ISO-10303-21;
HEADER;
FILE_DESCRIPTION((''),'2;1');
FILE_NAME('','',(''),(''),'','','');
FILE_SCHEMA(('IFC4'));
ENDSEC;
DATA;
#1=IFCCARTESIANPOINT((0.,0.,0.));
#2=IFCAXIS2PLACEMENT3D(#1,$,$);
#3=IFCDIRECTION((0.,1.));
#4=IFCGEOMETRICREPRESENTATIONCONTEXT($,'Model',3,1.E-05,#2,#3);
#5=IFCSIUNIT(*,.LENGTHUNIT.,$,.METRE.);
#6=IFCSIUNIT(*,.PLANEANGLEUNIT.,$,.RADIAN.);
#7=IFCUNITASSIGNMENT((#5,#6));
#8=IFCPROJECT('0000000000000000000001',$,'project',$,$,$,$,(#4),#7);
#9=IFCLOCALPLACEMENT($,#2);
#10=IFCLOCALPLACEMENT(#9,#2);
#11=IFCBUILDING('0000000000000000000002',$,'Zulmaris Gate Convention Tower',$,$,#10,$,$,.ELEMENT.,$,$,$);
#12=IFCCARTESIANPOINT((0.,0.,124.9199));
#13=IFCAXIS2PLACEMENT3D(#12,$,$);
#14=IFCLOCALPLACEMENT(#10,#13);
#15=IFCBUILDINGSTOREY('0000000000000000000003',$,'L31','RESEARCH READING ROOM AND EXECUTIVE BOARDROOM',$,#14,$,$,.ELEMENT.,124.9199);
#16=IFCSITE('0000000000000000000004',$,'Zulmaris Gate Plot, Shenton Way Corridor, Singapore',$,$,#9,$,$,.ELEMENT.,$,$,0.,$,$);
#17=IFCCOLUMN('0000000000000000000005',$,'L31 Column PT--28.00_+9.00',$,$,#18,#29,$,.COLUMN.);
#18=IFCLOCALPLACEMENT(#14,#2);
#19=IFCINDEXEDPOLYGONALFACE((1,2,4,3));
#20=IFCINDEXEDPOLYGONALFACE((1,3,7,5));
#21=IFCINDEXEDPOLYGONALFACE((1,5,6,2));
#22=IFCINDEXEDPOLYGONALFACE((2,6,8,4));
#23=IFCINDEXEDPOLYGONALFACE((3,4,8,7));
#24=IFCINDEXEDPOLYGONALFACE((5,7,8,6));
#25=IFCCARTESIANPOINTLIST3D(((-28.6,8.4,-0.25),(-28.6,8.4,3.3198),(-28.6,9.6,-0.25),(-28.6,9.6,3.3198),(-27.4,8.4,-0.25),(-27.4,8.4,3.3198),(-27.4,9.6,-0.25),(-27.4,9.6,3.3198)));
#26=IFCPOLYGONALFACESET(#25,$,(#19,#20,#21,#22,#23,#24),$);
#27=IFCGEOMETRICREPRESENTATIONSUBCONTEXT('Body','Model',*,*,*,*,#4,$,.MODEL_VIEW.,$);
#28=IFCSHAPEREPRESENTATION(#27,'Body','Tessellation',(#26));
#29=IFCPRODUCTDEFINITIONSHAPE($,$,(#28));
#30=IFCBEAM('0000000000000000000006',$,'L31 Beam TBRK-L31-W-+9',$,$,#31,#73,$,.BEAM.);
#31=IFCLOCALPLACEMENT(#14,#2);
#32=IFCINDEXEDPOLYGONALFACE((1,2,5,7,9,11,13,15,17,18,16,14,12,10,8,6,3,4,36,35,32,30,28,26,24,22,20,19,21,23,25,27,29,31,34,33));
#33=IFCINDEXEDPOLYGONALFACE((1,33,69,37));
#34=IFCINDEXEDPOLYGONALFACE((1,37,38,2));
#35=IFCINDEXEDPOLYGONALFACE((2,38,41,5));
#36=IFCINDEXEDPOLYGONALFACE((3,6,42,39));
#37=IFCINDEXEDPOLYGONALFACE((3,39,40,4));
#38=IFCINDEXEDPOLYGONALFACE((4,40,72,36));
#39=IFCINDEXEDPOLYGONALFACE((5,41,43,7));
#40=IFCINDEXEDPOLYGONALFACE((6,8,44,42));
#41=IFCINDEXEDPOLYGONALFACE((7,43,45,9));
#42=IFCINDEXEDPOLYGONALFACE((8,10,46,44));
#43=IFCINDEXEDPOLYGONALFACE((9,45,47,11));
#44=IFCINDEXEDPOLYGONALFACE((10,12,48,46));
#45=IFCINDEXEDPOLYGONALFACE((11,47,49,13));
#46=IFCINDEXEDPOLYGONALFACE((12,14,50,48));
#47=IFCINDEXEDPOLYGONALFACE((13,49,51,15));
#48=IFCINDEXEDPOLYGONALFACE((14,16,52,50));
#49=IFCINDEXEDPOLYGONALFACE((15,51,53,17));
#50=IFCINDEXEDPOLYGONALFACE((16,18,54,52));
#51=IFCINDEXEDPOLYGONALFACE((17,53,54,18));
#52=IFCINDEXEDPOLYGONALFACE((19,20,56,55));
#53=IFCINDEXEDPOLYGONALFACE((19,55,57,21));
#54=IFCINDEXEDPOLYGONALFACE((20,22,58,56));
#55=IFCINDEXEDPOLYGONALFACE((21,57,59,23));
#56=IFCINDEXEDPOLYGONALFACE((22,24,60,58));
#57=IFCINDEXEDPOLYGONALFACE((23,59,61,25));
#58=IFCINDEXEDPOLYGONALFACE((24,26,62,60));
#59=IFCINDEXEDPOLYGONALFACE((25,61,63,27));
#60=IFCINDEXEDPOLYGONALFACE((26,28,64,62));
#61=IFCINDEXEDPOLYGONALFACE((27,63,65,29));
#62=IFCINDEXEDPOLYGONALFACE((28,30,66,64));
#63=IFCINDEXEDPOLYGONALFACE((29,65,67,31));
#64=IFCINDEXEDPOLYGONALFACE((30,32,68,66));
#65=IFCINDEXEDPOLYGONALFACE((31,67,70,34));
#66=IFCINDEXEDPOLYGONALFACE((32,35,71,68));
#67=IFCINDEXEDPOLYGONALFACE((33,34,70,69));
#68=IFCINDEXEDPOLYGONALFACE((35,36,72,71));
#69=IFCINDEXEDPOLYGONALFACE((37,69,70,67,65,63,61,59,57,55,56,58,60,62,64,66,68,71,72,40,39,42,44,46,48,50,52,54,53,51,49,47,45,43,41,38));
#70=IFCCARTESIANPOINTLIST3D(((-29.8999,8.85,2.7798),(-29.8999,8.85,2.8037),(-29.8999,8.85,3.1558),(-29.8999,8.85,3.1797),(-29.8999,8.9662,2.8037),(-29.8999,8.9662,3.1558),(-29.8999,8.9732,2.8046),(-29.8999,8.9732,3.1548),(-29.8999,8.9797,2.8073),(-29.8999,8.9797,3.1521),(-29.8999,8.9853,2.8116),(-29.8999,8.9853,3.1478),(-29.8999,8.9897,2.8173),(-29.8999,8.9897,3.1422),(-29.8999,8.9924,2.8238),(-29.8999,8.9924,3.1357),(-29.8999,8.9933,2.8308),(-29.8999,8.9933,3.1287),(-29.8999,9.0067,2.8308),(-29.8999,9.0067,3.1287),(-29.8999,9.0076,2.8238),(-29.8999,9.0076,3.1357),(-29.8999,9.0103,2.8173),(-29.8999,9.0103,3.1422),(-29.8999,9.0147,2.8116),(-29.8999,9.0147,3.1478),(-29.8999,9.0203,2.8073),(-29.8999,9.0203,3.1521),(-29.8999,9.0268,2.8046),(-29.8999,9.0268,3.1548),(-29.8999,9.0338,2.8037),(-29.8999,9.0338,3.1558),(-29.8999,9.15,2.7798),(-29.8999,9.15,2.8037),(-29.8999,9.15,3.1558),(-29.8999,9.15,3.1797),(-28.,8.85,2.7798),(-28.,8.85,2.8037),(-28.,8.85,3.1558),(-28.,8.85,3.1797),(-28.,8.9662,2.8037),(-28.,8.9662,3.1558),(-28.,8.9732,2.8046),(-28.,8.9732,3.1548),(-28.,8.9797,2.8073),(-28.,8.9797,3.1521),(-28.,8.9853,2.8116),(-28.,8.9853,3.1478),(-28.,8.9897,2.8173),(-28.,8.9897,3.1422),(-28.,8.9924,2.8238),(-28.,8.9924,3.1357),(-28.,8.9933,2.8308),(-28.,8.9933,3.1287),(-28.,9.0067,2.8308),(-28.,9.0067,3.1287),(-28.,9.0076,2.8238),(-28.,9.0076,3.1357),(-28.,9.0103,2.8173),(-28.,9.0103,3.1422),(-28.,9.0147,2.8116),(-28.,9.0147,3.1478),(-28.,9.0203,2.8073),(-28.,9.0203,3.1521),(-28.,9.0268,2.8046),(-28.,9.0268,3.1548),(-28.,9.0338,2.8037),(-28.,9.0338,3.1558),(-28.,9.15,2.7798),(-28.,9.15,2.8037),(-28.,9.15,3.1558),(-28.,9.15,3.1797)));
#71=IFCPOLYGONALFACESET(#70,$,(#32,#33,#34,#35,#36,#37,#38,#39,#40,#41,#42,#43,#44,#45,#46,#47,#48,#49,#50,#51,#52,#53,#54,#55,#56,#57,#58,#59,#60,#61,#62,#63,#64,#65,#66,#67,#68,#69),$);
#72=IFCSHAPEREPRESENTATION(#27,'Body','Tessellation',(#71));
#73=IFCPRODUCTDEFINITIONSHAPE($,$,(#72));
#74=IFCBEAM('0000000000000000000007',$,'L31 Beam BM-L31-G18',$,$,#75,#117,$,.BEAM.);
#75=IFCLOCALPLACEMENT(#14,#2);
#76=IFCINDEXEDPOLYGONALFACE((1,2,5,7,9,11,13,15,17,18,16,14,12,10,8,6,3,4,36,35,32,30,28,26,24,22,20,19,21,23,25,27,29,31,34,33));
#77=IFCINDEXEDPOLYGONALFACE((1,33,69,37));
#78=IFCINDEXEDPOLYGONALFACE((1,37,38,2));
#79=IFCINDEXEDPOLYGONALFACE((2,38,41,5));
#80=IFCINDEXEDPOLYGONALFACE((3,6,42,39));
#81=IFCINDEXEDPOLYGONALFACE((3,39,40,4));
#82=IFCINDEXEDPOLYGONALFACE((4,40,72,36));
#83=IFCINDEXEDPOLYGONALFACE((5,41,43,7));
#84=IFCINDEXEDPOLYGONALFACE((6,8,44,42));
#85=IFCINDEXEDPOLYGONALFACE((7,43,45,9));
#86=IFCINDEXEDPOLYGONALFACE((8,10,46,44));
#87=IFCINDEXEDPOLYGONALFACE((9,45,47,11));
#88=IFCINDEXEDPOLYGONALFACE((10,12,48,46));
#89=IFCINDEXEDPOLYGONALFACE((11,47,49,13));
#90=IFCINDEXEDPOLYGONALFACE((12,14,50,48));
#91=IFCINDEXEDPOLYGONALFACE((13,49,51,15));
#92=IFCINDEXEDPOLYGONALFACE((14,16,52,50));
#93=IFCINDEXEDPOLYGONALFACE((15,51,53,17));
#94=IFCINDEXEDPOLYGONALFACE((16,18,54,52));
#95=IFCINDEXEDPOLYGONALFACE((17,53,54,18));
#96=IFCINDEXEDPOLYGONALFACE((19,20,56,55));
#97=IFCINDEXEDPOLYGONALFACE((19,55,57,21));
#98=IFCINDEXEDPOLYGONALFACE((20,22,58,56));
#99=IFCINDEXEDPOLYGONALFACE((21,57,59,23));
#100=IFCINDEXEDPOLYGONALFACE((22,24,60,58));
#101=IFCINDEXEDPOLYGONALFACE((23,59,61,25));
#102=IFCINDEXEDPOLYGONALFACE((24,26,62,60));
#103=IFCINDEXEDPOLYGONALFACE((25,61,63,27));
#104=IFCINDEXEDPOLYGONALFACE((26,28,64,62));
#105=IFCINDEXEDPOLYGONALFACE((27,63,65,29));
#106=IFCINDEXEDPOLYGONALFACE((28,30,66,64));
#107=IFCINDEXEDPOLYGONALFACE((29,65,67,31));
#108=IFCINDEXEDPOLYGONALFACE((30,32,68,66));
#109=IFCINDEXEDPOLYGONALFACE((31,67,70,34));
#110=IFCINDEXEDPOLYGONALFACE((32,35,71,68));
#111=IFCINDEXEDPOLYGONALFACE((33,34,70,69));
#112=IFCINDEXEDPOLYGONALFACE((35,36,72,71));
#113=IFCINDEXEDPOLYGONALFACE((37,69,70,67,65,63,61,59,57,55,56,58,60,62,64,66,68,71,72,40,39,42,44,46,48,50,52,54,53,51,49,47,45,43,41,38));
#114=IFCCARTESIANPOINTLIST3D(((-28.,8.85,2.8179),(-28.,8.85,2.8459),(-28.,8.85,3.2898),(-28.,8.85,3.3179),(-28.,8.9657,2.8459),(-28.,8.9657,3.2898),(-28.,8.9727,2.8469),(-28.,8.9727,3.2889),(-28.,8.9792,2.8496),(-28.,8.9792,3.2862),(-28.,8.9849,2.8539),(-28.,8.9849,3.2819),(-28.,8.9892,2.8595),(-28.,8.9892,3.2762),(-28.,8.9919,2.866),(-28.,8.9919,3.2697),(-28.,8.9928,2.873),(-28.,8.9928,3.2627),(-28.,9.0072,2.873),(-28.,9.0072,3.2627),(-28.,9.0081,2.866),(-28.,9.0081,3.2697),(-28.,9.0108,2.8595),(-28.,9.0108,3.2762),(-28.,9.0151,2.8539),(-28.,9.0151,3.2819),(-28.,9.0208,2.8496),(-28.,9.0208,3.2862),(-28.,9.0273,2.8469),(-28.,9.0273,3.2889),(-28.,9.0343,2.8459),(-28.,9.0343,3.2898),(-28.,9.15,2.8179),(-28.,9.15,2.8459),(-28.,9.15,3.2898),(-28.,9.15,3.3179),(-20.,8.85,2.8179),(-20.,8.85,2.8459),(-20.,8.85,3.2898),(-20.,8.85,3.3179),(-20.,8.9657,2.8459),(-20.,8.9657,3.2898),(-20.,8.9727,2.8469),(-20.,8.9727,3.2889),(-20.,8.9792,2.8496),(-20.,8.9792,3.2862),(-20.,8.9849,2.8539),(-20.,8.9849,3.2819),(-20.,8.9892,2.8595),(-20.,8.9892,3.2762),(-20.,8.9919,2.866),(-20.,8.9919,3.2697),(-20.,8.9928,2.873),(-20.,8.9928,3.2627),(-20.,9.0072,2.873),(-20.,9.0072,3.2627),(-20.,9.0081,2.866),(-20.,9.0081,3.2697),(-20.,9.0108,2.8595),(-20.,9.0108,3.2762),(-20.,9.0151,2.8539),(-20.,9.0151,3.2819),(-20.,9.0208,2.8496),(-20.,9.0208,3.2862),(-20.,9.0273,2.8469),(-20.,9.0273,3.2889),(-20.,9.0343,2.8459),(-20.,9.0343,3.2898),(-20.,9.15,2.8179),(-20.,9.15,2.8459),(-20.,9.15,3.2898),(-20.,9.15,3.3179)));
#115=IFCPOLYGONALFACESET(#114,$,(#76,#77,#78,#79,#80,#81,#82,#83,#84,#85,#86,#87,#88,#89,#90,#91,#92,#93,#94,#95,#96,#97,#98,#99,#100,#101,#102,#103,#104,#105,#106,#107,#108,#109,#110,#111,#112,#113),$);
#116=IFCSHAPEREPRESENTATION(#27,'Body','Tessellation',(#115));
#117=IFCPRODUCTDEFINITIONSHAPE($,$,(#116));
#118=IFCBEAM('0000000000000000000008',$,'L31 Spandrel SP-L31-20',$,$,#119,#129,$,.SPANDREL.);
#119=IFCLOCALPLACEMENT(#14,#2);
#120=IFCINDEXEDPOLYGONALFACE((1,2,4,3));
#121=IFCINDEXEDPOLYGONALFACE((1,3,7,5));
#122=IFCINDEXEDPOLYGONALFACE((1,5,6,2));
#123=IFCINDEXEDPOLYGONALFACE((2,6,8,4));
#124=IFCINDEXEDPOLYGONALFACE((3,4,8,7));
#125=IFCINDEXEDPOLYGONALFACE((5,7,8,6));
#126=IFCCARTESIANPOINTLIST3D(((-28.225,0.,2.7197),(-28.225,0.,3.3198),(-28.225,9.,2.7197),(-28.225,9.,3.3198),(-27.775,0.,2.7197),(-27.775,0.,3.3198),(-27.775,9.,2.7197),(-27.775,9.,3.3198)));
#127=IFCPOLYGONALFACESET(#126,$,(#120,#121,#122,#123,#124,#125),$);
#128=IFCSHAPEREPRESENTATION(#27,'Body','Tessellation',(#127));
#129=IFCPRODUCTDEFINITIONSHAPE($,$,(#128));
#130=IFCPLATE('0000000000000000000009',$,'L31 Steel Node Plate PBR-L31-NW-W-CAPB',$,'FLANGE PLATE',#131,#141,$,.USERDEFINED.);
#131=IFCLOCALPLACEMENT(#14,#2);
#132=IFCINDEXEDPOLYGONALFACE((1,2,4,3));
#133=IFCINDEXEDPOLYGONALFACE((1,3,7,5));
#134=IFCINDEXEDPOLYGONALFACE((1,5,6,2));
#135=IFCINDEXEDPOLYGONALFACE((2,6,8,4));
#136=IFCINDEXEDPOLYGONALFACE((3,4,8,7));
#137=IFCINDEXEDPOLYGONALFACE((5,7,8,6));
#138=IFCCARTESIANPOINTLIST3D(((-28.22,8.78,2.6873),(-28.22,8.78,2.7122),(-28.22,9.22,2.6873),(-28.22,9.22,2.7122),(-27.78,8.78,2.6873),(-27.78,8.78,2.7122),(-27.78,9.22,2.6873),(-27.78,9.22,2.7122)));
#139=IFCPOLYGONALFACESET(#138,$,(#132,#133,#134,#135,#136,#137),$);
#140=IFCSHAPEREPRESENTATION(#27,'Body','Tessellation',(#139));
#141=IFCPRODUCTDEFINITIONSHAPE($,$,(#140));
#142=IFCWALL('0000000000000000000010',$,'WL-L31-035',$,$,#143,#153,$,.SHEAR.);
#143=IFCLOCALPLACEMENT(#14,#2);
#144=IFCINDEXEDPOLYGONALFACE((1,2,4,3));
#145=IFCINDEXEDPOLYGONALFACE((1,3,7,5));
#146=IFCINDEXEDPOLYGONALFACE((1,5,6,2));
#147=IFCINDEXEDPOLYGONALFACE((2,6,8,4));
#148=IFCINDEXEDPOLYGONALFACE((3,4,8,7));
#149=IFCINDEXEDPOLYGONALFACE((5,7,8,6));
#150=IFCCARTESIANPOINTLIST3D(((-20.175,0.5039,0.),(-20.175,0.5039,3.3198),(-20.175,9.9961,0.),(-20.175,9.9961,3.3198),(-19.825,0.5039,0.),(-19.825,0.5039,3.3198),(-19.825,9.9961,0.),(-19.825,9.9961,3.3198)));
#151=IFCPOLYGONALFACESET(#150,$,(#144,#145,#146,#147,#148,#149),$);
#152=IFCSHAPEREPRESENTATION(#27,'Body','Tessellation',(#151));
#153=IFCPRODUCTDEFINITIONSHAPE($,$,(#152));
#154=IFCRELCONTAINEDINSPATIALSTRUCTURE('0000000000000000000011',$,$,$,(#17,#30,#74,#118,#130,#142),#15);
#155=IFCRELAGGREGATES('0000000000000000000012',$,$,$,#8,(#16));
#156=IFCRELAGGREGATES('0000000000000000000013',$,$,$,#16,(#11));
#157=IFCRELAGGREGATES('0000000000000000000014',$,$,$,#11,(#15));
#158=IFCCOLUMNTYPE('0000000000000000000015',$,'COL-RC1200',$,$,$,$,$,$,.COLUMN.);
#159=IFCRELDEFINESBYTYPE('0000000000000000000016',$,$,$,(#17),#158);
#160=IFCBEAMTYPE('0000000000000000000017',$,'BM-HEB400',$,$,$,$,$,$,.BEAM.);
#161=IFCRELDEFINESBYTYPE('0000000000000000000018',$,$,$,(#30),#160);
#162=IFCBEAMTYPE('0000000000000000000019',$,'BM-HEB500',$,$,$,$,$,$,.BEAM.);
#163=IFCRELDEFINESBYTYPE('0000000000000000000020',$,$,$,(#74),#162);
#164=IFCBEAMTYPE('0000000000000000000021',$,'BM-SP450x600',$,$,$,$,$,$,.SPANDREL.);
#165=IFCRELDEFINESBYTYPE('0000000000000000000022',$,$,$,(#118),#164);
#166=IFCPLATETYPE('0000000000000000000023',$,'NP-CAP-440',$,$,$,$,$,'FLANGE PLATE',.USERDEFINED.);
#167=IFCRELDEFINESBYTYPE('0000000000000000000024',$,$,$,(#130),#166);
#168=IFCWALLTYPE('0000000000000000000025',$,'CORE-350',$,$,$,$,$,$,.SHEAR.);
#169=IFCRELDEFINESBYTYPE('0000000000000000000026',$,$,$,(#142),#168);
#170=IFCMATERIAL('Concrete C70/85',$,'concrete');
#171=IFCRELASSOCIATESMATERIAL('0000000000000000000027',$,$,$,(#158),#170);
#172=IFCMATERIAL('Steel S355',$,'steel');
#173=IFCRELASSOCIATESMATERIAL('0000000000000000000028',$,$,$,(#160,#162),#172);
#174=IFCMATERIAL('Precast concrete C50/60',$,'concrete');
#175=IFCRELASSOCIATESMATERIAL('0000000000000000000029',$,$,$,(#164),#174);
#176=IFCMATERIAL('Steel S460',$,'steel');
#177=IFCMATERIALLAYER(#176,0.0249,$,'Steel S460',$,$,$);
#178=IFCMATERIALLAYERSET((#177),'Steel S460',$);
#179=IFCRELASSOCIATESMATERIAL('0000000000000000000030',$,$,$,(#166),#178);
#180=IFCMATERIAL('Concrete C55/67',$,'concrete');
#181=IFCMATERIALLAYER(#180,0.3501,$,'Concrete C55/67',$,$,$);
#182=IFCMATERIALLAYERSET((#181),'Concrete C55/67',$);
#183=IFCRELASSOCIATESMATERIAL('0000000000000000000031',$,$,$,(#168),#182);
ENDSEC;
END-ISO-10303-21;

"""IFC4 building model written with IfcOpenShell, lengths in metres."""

from ifc_helpers import new_model, si_unit, direction, frame, frame_2d, origin, origin_2d, place, context, subcontext, project, spatial, rectangle, i_section, extrude, material, layer, layer_set, material_profile, profile_set, type_object, element, save


model = new_model("IFC4")

# Units and contexts
model_context = context("Model", 3, precision=1e-05, world=origin(), true_north=direction((0.0, 1.0)))
body_context = subcontext(model_context, "Body", "Model", "MODEL_VIEW")
ifc_project = project(units=[si_unit("LENGTHUNIT", "METRE"), si_unit("PLANEANGLEUNIT", "RADIAN")], contexts=[model_context])

# Site, building, storey
site_placement = place(None, origin())
site = spatial("IfcSite", under=ifc_project, at=site_placement, Name="Zulmaris Gate Plot, Shenton Way Corridor, Singapore", CompositionType="ELEMENT", RefElevation=0.0)
building_placement = place(site_placement, origin())
building = spatial("IfcBuilding", under=site, at=building_placement, Name="Zulmaris Gate Convention Tower", CompositionType="ELEMENT")
storey_placement = place(building_placement, frame((0.0, 0.0, 124.9199)))
storey = spatial("IfcBuildingStorey", under=building, at=storey_placement, Name="L31", Description="RESEARCH READING ROOM AND EXECUTIVE BOARDROOM", CompositionType="ELEMENT", Elevation=124.9199)

# Column
ifc_material_1 = material(Name="Concrete C70/85", Category="concrete")
ifc_material_profile_1 = material_profile(ifc_material_1, rectangle(XDim=1.2, YDim=1.2, at=origin_2d()), Name="RC COL 1200x1200")
ifc_profile_set_1 = profile_set([ifc_material_profile_1], Name="Concrete C70/85")
column_type = type_object("IfcColumnType", Name="COL-RC1200", PredefinedType="COLUMN", material=ifc_profile_set_1)
column_placement = place(storey_placement, frame((-28.0, 9.0, -0.25), z_axis=(0.0, 0.0, 1.0), x_axis=(1.0, 0.0, 0.0)))
element("IfcColumn", 1, at=column_placement, inside=storey, type_object=column_type, Name="L31 Column PT--28.00_+9.00", PredefinedType="COLUMN", context=body_context, shape_type="SweptSolid", body=[
    extrude(rectangle(XDim=1.2, YDim=1.2, at=origin_2d()), origin(), (0.0, 0.0, 1.0), 3.5698),
])

# Beams
ifc_material_2 = material(Name="Steel S355", Category="steel")
ifc_material_profile_2 = material_profile(ifc_material_2, i_section(OverallWidth=0.3, OverallDepth=0.3999, WebThickness=0.0134, FlangeThickness=0.0239, FilletRadius=0.0271, at=origin_2d()), Name="HEB 400")
ifc_profile_set_2 = profile_set([ifc_material_profile_2], Name="Steel S355")
beam_type_1 = type_object("IfcBeamType", Name="BM-HEB400", PredefinedType="BEAM", material=ifc_profile_set_2)
beam_1_placement = place(storey_placement, frame((-29.8999, 9.0, 2.9797), z_axis=(1.0, 0.0, 0.0), x_axis=(0.0, 1.0, 0.0)))
element("IfcBeam", 2, at=beam_1_placement, inside=storey, type_object=beam_type_1, Name="L31 Beam TBRK-L31-W-+9", PredefinedType="BEAM", context=body_context, shape_type="SweptSolid", body=[
    extrude(i_section(OverallWidth=0.3, OverallDepth=0.3999, WebThickness=0.0134, FlangeThickness=0.0239, FilletRadius=0.0271, at=origin_2d()), origin(), (0.0, 0.0, 1.0), 1.8999),
])
ifc_material_profile_3 = material_profile(ifc_material_2, i_section(OverallWidth=0.3, OverallDepth=0.5, WebThickness=0.0144, FlangeThickness=0.0281, FilletRadius=0.0271, at=origin_2d()), Name="HEB 500")
ifc_profile_set_3 = profile_set([ifc_material_profile_3], Name="Steel S355")
beam_type_2 = type_object("IfcBeamType", Name="BM-HEB500", PredefinedType="BEAM", material=ifc_profile_set_3)
beam_2_placement = place(storey_placement, frame((-28.0, 9.0, 3.0679), z_axis=(1.0, 0.0, 0.0), x_axis=(0.0, 1.0, 0.0)))
element("IfcBeam", 3, at=beam_2_placement, inside=storey, type_object=beam_type_2, Name="L31 Beam BM-L31-G18", PredefinedType="BEAM", context=body_context, shape_type="SweptSolid", body=[
    extrude(i_section(OverallWidth=0.3, OverallDepth=0.5, WebThickness=0.0144, FlangeThickness=0.0281, FilletRadius=0.0271, at=origin_2d()), origin(), (0.0, 0.0, 1.0), 8.0),
])
ifc_material_3 = material(Name="Precast concrete C50/60", Category="concrete")
ifc_material_profile_4 = material_profile(ifc_material_3, rectangle(XDim=0.45, YDim=0.6001, at=origin_2d()), Name="RC SPANDREL 450x600")
ifc_profile_set_4 = profile_set([ifc_material_profile_4], Name="Precast concrete C50/60")
beam_type_3 = type_object("IfcBeamType", Name="BM-SP450x600", PredefinedType="SPANDREL", material=ifc_profile_set_4)
beam_3_placement = place(storey_placement, frame((-28.0, 9.0, 3.0198), z_axis=(0.0, -1.0, 0.0), x_axis=(1.0, 0.0, 0.0)))
element("IfcBeam", 4, at=beam_3_placement, inside=storey, type_object=beam_type_3, Name="L31 Spandrel SP-L31-20", PredefinedType="SPANDREL", context=body_context, shape_type="SweptSolid", body=[
    extrude(rectangle(XDim=0.45, YDim=0.6001, at=origin_2d()), origin(), (0.0, 0.0, 1.0), 9.0),
])

# Plate
ifc_material_4 = material(Name="Steel S460", Category="steel")
ifc_layer_1 = layer(ifc_material_4, 0.0249, Name="Steel S460")
ifc_layer_set_1 = layer_set([ifc_layer_1], Name="Steel S460")
plate_type = type_object("IfcPlateType", Name="NP-CAP-440", ElementType="FLANGE PLATE", PredefinedType="USERDEFINED", material=ifc_layer_set_1)
plate_placement = place(storey_placement, frame((-28.0, 9.0, 2.6873), z_axis=(0.0, 0.0, 1.0), x_axis=(1.0, 0.0, 0.0)))
element("IfcPlate", 5, at=plate_placement, inside=storey, type_object=plate_type, Name="L31 Steel Node Plate PBR-L31-NW-W-CAPB", ObjectType="FLANGE PLATE", PredefinedType="USERDEFINED", context=body_context, shape_type="SweptSolid", body=[
    extrude(rectangle(XDim=0.4399, YDim=0.4399, at=origin_2d()), origin(), (0.0, 0.0, 1.0), 0.0249),
])

# Wall
ifc_material_5 = material(Name="Concrete C55/67", Category="concrete")
ifc_layer_2 = layer(ifc_material_5, 0.3501, Name="Concrete C55/67")
ifc_layer_set_2 = layer_set([ifc_layer_2], Name="Concrete C55/67")
wall_type_1 = type_object("IfcWallType", Name="CORE-350", PredefinedType="SHEAR", material=ifc_layer_set_2)
wall_1_placement = place(storey_placement, frame((-20.0, 0.5039, 0.0), z_axis=(0.0, 0.0, 1.0), x_axis=(0.0, 1.0, 0.0)))
element("IfcWall", 6, at=wall_1_placement, inside=storey, type_object=wall_type_1, Name="WL-L31-035", PredefinedType="SHEAR", context=body_context, shape_type="SweptSolid", body=[
    extrude(rectangle(XDim=9.4922, YDim=0.3501, at=frame_2d((4.7461, 0.0))), origin(), (0.0, 0.0, 1.0), 3.3198),
])

save(model, "model.ifc")
